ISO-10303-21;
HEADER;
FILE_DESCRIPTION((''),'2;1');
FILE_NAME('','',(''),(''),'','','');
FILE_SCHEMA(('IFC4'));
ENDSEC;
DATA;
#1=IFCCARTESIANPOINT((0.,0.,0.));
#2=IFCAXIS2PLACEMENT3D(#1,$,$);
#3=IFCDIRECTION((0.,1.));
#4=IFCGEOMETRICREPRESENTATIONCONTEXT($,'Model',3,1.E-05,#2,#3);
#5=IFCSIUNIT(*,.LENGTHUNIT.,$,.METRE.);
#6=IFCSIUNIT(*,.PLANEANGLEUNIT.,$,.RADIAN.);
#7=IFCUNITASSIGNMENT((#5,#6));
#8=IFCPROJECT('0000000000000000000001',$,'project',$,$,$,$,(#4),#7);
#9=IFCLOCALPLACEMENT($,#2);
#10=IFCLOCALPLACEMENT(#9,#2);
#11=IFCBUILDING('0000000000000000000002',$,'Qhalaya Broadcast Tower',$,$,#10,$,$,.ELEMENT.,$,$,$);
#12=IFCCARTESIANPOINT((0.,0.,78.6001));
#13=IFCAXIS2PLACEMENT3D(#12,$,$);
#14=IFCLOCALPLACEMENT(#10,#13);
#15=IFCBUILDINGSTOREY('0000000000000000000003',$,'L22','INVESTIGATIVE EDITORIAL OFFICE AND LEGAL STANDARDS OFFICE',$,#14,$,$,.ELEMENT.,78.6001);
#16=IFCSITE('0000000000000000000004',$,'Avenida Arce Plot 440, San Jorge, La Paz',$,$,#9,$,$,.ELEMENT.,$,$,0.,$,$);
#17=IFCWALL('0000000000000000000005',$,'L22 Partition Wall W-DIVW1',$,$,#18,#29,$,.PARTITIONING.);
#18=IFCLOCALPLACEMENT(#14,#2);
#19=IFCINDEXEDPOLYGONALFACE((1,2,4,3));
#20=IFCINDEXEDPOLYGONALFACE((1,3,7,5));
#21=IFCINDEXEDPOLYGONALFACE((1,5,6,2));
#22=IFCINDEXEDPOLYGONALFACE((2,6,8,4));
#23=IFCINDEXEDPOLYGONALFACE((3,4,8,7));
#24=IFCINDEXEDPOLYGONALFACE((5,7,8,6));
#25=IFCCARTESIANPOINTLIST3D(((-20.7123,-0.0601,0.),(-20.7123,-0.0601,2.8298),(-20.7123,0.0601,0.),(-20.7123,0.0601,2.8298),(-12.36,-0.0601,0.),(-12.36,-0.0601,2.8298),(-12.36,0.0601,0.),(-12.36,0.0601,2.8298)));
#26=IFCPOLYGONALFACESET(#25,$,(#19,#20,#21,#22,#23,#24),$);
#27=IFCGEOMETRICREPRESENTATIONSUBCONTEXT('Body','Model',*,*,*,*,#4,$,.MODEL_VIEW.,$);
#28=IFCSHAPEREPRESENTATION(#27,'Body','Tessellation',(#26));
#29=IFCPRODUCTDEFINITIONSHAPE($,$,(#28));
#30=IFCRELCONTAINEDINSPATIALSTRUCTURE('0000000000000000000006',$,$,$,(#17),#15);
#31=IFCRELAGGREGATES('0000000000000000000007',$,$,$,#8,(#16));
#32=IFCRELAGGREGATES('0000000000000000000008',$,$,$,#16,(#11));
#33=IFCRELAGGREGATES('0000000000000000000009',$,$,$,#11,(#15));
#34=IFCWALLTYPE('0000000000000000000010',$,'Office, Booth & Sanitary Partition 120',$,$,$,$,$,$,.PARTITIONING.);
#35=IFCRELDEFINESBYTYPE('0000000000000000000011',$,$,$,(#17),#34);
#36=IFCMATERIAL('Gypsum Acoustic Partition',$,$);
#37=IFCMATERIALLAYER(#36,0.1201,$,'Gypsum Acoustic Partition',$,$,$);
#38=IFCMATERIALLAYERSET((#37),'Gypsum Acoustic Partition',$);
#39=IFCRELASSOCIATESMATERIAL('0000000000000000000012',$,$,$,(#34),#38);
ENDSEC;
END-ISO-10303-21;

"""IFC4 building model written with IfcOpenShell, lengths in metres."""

from ifc_helpers import new_model, si_unit, direction, frame, frame_2d, origin, place, context, subcontext, project, spatial, rectangle, extrude, material, layer, layer_set, type_object, element, save


model = new_model("IFC4")

# Units and contexts
model_context = context("Model", 3, precision=1e-05, world=origin(), true_north=direction((0.0, 1.0)))
body_context = subcontext(model_context, "Body", "Model", "MODEL_VIEW")
ifc_project = project(units=[si_unit("LENGTHUNIT", "METRE"), si_unit("PLANEANGLEUNIT", "RADIAN")], contexts=[model_context])

# Site, building, storey
site_placement = place(None, origin())
site = spatial("IfcSite", under=ifc_project, at=site_placement, Name="Avenida Arce Plot 440, San Jorge, La Paz", CompositionType="ELEMENT", RefElevation=0.0)
building_placement = place(site_placement, origin())
building = spatial("IfcBuilding", under=site, at=building_placement, Name="Qhalaya Broadcast Tower", CompositionType="ELEMENT")
storey_placement = place(building_placement, frame((0.0, 0.0, 78.6001)))
storey = spatial("IfcBuildingStorey", under=building, at=storey_placement, Name="L22", Description="INVESTIGATIVE EDITORIAL OFFICE AND LEGAL STANDARDS OFFICE", CompositionType="ELEMENT", Elevation=78.6001)

# Wall
ifc_material_1 = material(Name="Gypsum Acoustic Partition")
ifc_layer_1 = layer(ifc_material_1, 0.1201, Name="Gypsum Acoustic Partition")
ifc_layer_set_1 = layer_set([ifc_layer_1], Name="Gypsum Acoustic Partition")
wall_type_1 = type_object("IfcWallType", Name="Office, Booth & Sanitary Partition 120", PredefinedType="PARTITIONING", material=ifc_layer_set_1)
wall_1_placement = place(storey_placement, frame((-20.7124, 0.0, 0.0), z_axis=(0.0, 0.0, 1.0), x_axis=(1.0, 0.0, 0.0)))
element("IfcWall", 1, at=wall_1_placement, inside=storey, type_object=wall_type_1, Name="L22 Partition Wall W-DIVW1", PredefinedType="PARTITIONING", context=body_context, shape_type="SweptSolid", body=[
    extrude(rectangle(XDim=8.3523, YDim=0.1201, at=frame_2d((4.1763, 0.0))), origin(), (0.0, 0.0, 1.0), 2.8298),
])

save(model, "model.ifc")
